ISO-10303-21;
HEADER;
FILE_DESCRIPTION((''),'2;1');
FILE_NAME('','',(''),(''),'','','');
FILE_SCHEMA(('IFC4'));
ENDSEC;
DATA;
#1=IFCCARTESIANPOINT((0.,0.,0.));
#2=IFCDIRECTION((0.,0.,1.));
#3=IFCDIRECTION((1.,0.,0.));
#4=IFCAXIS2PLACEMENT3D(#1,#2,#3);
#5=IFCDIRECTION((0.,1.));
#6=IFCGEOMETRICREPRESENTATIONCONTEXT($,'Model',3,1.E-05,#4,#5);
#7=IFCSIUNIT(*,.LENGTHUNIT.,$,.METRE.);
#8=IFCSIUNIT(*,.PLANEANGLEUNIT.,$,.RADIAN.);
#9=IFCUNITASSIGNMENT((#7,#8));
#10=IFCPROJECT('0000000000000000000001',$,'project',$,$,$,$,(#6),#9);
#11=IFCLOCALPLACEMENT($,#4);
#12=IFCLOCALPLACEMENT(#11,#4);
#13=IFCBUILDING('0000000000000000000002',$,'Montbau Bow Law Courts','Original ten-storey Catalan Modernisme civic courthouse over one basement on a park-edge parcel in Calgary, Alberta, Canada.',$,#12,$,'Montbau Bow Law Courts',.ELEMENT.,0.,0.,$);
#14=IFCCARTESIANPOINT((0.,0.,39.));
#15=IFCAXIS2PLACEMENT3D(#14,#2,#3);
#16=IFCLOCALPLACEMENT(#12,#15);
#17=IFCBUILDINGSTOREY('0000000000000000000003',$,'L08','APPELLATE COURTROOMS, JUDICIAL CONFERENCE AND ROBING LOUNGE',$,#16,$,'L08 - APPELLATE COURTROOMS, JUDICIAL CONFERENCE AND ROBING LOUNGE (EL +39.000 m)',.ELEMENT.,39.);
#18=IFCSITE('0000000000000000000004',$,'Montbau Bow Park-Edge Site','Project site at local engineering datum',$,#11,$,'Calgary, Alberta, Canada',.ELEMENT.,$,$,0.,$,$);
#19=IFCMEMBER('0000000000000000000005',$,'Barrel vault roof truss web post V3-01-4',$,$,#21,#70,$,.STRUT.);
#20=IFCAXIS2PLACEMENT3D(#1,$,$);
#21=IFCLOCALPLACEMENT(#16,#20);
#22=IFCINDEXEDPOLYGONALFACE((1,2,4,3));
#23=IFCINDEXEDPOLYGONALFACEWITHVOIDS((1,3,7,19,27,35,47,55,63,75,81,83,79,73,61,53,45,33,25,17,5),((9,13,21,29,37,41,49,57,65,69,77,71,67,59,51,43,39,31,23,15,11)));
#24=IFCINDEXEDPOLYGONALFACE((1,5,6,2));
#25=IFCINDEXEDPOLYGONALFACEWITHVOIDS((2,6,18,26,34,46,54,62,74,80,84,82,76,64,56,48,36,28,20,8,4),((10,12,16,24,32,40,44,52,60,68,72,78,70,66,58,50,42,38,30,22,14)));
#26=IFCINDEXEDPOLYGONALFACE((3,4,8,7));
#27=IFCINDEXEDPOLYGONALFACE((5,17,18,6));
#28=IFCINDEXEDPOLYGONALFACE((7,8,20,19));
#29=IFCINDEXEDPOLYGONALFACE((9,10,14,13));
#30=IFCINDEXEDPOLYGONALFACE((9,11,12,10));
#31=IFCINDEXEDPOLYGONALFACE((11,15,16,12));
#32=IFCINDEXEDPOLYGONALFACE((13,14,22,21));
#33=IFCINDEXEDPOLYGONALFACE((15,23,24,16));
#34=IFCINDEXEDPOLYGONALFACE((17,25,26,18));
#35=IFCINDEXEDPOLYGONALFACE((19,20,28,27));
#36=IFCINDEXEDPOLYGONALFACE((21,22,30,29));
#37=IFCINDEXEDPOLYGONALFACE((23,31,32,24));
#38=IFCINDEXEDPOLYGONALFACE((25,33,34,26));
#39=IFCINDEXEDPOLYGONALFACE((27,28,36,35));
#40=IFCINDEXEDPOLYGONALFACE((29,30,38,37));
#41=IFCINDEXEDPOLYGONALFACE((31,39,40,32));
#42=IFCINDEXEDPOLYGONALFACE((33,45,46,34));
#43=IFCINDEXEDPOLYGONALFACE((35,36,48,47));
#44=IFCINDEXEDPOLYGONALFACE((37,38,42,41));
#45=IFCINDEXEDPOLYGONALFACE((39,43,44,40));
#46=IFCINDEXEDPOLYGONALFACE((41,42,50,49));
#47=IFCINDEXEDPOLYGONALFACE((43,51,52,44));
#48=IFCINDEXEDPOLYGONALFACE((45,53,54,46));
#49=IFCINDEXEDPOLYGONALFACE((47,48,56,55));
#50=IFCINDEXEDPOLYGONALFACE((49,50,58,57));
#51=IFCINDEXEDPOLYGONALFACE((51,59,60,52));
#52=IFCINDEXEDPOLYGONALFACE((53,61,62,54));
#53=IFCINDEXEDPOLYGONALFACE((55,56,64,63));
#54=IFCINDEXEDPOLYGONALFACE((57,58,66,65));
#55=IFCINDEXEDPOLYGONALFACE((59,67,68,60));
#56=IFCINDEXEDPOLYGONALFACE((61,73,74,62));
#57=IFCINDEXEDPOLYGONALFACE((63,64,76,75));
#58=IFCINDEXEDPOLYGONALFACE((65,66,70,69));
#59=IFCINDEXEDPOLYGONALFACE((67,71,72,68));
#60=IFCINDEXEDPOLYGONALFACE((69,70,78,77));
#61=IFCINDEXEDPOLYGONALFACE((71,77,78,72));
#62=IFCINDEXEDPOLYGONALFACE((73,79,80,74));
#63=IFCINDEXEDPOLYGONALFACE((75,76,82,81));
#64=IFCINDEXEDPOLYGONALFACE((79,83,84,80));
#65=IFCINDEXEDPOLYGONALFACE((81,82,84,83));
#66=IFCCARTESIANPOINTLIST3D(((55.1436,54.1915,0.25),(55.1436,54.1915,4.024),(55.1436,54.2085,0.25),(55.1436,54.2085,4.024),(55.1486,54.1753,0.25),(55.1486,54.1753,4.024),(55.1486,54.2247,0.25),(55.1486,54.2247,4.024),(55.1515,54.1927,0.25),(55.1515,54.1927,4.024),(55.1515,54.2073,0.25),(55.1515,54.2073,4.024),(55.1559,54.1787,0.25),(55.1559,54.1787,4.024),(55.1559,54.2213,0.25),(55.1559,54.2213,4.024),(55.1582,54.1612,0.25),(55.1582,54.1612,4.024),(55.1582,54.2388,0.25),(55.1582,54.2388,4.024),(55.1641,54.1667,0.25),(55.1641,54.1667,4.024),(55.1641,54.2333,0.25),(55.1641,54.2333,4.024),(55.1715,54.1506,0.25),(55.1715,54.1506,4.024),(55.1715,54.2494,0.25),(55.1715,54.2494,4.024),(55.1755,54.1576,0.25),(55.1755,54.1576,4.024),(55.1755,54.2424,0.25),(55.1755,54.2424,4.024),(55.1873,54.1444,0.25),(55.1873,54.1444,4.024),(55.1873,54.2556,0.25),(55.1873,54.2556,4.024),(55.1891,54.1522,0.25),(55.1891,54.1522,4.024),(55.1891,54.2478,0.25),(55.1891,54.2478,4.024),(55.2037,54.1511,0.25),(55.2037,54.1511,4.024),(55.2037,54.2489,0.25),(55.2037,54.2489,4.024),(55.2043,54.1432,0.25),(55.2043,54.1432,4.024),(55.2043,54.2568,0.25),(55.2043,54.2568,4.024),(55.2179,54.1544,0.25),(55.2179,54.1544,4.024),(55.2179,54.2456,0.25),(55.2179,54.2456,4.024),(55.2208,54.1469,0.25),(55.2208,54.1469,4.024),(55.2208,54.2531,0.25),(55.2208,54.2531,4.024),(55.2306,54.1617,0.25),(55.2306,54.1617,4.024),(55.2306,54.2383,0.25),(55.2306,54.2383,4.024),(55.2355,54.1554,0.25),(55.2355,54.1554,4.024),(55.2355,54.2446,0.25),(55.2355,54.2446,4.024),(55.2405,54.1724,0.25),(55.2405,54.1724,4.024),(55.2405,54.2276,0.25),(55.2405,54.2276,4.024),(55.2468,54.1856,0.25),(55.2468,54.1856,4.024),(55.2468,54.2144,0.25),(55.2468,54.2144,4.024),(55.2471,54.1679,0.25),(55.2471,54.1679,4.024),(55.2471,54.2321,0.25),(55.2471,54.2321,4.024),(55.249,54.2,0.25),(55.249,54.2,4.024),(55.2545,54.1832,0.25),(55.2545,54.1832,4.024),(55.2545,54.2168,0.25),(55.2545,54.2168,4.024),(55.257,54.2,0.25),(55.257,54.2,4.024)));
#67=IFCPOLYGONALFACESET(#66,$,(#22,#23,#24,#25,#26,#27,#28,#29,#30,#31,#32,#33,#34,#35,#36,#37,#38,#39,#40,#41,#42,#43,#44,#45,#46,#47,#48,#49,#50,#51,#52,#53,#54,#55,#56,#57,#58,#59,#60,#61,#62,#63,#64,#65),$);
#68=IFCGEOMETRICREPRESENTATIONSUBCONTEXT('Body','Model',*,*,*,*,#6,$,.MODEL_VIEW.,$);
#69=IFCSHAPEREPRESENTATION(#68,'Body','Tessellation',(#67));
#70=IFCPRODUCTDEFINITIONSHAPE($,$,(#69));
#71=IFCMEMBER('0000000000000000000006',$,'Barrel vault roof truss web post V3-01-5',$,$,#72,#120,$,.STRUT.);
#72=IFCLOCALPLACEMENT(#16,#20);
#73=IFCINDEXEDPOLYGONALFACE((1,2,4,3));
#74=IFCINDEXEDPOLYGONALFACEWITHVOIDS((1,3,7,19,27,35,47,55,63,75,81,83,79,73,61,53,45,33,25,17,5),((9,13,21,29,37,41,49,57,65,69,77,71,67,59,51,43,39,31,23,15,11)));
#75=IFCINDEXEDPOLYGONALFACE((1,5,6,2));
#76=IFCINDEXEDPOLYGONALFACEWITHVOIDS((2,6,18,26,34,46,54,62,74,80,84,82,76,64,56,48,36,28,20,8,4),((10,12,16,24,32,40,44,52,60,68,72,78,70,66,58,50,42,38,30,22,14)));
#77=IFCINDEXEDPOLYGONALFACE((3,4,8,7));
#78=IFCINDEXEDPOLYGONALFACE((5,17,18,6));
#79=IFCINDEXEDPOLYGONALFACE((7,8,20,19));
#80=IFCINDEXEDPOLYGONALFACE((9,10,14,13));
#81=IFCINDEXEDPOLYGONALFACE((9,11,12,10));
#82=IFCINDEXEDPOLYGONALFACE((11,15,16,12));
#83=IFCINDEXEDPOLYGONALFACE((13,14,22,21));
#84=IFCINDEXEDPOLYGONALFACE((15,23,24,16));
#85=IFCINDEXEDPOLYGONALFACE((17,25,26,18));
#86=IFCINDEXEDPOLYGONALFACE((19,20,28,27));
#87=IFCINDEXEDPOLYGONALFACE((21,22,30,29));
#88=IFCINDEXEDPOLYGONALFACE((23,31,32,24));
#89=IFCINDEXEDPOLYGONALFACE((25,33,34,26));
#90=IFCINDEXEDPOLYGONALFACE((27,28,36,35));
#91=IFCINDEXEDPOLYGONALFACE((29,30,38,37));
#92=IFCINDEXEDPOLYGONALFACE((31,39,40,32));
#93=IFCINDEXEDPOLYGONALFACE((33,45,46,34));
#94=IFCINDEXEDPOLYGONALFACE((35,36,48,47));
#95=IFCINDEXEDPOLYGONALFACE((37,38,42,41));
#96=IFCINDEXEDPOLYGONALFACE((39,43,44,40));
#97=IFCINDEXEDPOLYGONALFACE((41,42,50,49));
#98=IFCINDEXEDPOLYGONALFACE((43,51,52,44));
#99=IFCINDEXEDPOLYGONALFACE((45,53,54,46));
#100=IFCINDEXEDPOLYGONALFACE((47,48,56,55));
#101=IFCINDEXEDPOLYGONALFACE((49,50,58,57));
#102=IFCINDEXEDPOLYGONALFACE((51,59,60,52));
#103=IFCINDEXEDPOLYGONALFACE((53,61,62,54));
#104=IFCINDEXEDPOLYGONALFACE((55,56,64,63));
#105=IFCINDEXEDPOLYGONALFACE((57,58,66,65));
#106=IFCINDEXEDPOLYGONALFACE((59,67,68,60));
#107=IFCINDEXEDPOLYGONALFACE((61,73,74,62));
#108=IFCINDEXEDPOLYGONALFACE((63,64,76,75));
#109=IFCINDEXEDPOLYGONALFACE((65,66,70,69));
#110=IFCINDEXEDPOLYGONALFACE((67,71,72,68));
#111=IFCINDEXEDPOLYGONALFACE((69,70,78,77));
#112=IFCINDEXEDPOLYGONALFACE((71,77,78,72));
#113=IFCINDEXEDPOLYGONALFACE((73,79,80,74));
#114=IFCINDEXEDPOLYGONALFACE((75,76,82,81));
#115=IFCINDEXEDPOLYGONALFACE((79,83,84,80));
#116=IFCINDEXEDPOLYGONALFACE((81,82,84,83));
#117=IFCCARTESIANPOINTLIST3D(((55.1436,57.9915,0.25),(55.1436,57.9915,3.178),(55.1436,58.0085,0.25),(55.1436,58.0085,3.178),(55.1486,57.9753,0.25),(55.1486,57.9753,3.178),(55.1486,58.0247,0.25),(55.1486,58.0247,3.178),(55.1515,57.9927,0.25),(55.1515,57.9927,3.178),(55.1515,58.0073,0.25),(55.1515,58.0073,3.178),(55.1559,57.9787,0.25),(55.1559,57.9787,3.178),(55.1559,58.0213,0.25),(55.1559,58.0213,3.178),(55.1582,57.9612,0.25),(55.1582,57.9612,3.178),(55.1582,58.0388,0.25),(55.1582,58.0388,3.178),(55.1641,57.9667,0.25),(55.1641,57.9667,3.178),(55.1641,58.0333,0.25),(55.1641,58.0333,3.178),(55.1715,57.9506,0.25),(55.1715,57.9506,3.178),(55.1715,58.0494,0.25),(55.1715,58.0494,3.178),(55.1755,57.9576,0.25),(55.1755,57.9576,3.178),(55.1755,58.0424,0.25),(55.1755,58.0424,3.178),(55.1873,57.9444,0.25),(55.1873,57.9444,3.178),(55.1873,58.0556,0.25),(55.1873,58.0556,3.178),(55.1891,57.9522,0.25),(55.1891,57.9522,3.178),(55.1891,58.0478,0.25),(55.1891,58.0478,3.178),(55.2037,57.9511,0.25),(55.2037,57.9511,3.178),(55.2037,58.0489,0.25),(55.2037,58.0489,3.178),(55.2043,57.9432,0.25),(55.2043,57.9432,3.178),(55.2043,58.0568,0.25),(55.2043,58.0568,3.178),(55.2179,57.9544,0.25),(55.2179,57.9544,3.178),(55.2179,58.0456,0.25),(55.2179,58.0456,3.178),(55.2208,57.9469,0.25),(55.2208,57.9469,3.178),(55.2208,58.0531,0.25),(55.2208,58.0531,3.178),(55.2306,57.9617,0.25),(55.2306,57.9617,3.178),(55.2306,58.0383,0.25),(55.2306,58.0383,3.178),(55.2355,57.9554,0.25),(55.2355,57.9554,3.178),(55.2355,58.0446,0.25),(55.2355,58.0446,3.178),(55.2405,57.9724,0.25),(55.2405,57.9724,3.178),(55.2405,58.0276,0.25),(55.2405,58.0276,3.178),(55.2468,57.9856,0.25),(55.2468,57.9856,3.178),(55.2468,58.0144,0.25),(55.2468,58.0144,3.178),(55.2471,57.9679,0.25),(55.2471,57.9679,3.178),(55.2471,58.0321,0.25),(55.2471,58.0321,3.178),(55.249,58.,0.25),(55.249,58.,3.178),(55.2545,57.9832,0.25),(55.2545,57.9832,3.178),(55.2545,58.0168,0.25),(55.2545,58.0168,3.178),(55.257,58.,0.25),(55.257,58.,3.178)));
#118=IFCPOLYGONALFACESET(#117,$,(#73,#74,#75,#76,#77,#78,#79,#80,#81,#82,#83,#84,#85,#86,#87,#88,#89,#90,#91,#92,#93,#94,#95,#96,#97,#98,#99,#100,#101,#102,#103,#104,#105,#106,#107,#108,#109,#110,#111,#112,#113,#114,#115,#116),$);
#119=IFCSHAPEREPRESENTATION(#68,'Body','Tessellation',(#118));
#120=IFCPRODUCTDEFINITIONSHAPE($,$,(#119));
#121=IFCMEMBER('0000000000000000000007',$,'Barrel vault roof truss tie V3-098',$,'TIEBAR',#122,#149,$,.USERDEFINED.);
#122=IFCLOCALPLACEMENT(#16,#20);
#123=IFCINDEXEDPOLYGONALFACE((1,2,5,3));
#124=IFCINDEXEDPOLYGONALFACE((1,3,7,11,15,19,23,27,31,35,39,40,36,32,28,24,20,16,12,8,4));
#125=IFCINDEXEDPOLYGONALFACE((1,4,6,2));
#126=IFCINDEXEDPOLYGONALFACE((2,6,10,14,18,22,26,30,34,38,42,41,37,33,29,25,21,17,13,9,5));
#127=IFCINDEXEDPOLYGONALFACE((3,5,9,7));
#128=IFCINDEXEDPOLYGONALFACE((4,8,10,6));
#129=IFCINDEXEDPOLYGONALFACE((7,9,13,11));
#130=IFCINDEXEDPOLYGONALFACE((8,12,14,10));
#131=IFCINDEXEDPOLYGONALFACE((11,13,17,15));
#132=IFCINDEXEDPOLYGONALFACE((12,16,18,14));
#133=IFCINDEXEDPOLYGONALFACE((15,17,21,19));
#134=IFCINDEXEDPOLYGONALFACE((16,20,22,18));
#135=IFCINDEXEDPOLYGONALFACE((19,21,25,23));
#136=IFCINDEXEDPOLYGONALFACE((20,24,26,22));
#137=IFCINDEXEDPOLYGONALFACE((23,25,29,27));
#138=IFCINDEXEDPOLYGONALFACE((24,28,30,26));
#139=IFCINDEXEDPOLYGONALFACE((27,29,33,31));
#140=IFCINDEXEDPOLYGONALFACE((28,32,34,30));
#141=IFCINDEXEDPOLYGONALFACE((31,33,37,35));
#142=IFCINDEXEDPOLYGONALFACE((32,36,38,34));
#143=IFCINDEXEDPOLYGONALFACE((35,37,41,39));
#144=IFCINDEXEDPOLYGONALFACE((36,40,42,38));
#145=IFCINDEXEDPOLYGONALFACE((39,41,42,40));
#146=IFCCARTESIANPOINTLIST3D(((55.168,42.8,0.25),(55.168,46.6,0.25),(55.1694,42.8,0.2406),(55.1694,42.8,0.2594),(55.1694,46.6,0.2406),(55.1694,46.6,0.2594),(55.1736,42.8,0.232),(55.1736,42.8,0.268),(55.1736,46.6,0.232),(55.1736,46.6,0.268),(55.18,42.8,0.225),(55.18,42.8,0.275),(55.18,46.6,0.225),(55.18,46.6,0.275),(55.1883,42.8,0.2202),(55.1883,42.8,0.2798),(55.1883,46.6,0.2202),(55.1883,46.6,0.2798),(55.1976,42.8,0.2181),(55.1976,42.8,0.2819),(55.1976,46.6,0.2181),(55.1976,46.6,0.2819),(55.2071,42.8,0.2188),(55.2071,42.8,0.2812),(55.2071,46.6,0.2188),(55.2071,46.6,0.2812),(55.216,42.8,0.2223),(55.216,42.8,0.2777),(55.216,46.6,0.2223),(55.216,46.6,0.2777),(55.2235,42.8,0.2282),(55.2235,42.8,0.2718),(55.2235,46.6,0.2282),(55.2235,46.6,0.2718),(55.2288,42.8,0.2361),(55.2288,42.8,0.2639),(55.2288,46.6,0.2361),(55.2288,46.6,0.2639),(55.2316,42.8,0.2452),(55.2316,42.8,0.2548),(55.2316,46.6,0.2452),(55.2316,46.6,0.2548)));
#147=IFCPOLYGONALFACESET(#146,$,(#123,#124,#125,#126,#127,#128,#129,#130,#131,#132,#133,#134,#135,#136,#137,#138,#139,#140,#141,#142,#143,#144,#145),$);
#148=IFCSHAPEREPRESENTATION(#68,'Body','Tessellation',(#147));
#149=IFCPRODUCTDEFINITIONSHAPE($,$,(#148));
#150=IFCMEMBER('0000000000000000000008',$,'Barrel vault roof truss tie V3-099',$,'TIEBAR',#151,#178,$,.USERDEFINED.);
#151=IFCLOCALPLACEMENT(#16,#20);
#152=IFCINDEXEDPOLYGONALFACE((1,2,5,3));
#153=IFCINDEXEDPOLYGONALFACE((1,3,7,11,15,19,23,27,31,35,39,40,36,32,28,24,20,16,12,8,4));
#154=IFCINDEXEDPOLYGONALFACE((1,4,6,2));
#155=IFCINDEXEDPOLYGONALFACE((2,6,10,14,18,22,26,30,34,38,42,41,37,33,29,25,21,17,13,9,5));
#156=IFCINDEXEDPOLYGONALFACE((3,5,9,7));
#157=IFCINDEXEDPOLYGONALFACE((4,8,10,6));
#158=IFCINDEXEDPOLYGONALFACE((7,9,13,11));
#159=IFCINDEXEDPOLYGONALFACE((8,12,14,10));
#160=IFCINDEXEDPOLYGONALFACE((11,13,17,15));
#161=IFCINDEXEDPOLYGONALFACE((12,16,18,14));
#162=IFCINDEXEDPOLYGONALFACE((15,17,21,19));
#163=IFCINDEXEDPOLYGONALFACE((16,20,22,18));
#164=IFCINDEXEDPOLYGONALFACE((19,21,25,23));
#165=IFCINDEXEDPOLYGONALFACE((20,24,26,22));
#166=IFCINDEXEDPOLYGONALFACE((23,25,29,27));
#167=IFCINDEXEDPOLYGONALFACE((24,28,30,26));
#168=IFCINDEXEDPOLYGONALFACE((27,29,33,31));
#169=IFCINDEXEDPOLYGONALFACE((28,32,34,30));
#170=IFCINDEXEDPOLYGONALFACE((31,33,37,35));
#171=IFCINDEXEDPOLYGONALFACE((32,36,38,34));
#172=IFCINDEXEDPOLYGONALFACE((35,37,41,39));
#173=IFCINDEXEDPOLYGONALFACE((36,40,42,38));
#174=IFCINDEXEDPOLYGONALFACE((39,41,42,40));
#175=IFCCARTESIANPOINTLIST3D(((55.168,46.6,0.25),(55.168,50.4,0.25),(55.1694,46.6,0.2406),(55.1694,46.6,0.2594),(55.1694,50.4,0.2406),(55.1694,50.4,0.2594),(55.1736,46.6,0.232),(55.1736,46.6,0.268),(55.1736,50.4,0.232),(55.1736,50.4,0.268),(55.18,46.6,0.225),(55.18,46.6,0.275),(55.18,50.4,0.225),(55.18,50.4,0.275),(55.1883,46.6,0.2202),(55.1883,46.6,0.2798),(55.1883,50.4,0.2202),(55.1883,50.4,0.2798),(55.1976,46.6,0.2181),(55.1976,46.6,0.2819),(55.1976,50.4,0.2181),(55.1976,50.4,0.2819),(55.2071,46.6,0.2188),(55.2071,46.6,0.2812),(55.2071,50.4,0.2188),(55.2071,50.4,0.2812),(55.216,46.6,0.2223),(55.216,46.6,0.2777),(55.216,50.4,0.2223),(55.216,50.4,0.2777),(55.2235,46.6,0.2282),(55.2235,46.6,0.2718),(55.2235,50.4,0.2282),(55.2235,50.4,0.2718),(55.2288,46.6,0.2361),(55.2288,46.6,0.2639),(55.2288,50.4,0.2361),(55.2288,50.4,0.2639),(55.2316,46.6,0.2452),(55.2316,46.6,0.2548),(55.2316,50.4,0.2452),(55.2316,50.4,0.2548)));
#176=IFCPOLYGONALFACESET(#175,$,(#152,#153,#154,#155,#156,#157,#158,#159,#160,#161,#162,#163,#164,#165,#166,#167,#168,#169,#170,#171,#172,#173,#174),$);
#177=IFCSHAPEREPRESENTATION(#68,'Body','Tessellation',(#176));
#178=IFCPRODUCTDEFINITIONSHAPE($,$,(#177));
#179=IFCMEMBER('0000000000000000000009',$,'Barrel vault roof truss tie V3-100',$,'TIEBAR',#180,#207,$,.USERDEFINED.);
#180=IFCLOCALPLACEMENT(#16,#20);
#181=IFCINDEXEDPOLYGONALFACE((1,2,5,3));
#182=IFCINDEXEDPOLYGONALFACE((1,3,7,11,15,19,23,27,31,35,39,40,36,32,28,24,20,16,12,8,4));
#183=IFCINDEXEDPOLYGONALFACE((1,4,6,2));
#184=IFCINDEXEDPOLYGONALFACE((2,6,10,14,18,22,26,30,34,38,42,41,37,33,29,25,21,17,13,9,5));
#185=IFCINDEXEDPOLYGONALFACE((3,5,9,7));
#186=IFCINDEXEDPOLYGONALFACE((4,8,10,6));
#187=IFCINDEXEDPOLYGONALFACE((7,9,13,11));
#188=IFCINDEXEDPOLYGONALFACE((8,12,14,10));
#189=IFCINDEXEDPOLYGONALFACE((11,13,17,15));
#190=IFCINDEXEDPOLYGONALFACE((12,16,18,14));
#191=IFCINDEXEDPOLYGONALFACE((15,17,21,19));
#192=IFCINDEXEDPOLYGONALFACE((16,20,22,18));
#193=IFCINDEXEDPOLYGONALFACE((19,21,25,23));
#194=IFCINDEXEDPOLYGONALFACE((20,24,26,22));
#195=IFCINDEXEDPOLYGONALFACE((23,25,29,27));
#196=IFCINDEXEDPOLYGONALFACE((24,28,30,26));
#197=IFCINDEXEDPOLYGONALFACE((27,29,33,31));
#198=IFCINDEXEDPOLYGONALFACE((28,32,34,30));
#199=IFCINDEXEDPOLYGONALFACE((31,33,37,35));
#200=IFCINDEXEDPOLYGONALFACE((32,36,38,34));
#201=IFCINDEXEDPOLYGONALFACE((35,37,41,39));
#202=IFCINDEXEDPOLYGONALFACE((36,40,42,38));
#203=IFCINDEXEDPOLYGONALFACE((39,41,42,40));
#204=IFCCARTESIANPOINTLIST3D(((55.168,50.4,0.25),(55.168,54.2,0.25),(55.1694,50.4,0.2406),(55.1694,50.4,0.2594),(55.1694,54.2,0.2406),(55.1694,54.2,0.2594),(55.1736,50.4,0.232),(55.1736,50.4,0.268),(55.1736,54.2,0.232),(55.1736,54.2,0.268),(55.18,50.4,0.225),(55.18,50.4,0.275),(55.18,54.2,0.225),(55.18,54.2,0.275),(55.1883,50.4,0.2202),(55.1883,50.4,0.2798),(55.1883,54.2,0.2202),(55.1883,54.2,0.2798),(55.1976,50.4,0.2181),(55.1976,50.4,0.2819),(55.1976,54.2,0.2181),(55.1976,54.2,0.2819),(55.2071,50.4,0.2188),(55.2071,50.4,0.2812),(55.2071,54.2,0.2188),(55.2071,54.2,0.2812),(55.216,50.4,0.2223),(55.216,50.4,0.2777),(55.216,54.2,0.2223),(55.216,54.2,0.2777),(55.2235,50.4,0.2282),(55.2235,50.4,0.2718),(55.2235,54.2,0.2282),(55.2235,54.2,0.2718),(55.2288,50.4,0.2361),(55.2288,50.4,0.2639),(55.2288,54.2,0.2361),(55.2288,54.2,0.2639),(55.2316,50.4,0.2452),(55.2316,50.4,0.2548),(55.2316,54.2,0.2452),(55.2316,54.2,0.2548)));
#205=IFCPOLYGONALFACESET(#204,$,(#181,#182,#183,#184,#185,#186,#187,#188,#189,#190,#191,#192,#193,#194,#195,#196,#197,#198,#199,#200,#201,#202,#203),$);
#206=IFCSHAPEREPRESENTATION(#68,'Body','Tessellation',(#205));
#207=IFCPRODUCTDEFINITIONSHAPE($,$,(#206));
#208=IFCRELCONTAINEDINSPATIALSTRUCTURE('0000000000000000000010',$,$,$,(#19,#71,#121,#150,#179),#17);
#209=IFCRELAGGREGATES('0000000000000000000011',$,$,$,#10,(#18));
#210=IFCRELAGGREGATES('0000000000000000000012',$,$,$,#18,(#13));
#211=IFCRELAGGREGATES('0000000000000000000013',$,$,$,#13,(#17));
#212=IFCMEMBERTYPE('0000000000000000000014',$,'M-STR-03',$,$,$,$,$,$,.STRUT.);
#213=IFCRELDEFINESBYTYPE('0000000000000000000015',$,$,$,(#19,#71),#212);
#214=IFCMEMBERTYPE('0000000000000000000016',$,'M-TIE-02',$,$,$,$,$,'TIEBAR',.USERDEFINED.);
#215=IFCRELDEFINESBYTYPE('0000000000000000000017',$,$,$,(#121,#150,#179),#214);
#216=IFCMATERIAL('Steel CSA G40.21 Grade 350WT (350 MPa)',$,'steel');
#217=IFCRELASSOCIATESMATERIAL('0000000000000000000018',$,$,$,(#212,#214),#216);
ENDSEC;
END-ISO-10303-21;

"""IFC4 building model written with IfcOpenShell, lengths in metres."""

from ifc_helpers import new_model, si_unit, direction, frame, origin_with_axes, origin_2d_with_axis, place, context, subcontext, project, spatial, circle, hollow_circle, extrude, material, material_profile, profile_set, type_object, element, save


model = new_model("IFC4")

# Units and contexts
model_context = context("Model", 3, precision=1e-05, world=origin_with_axes(), true_north=direction((0.0, 1.0)))
body_context = subcontext(model_context, "Body", "Model", "MODEL_VIEW")
ifc_project = project(units=[si_unit("LENGTHUNIT", "METRE"), si_unit("PLANEANGLEUNIT", "RADIAN")], contexts=[model_context])

# Site, building, storey
site_placement = place(None, origin_with_axes())
site = spatial("IfcSite", under=ifc_project, at=site_placement, Name="Montbau Bow Park-Edge Site", Description="Project site at local engineering datum", LongName="Calgary, Alberta, Canada", CompositionType="ELEMENT", RefElevation=0.0)
building_placement = place(site_placement, origin_with_axes())
building = spatial("IfcBuilding", under=site, at=building_placement, Name="Montbau Bow Law Courts", Description="Original ten-storey Catalan Modernisme civic courthouse over one basement on a park-edge parcel in Calgary, Alberta, Canada.", LongName="Montbau Bow Law Courts", CompositionType="ELEMENT", ElevationOfRefHeight=0.0, ElevationOfTerrain=0.0)
storey_placement = place(building_placement, frame((0.0, 0.0, 39.0), z_axis=(0.0, 0.0, 1.0), x_axis=(1.0, 0.0, 0.0)))
storey = spatial("IfcBuildingStorey", under=building, at=storey_placement, Name="L08", Description="APPELLATE COURTROOMS, JUDICIAL CONFERENCE AND ROBING LOUNGE", LongName="L08 - APPELLATE COURTROOMS, JUDICIAL CONFERENCE AND ROBING LOUNGE (EL +39.000 m)", CompositionType="ELEMENT", Elevation=39.0)

# Shared definitions
ifc_material_1 = material(Name="Steel CSA G40.21 Grade 350WT (350 MPa)", Category="steel")

# Members
ifc_material_profile_1 = material_profile(ifc_material_1, hollow_circle(Radius=0.057, WallThickness=0.008, at=origin_2d_with_axis()), Name="HSS114X8.0", Category="Main", Priority=0)
ifc_profile_set_1 = profile_set([ifc_material_profile_1], Name="Steel CSA G40.21 Grade 350WT (350 MPa)")
member_type_1 = type_object("IfcMemberType", Name="M-STR-03", PredefinedType="STRUT", material=ifc_profile_set_1)
member_1_placement = place(None, frame((55.2, 54.2, 39.25), z_axis=(0.0, 0.0, 1.0), x_axis=(1.0, 0.0, 0.0)))
element("IfcMember", 1, at=member_1_placement, inside=storey, type_object=member_type_1, Name="Barrel vault roof truss web post V3-01-4", PredefinedType="STRUT", context=body_context, shape_type="SweptSolid", body=[
    extrude(hollow_circle(Radius=0.057, WallThickness=0.008, at=origin_2d_with_axis()), origin_with_axes(), (0.0, 0.0, 1.0), 3.774),
])
member_2_placement = place(None, frame((55.2, 58.0, 39.25), z_axis=(0.0, 0.0, 1.0), x_axis=(1.0, 0.0, 0.0)))
element("IfcMember", 2, at=member_2_placement, inside=storey, type_object=member_type_1, Name="Barrel vault roof truss web post V3-01-5", PredefinedType="STRUT", context=body_context, shape_type="SweptSolid", body=[
    extrude(hollow_circle(Radius=0.057, WallThickness=0.008, at=origin_2d_with_axis()), origin_with_axes(), (0.0, 0.0, 1.0), 2.928),
])
ifc_material_profile_2 = material_profile(ifc_material_1, circle(Radius=0.032, at=origin_2d_with_axis()), Name="ROD64", Category="Main", Priority=0)
ifc_profile_set_2 = profile_set([ifc_material_profile_2], Name="Steel CSA G40.21 Grade 350WT (350 MPa)")
member_type_2 = type_object("IfcMemberType", Name="M-TIE-02", ElementType="TIEBAR", PredefinedType="USERDEFINED", material=ifc_profile_set_2)
for number, where, z_axis, x_axis, name in (
    (3, (55.2, 42.8, 39.25), (0.0, 1.0, 0.0), (-1.0, 0.0, 0.0), "Barrel vault roof truss tie V3-098"),
    (4, (55.2, 46.6, 39.25), (0.0, 1.0, 0.0), (-1.0, 0.0, 0.0), "Barrel vault roof truss tie V3-099"),
    (5, (55.2, 50.4, 39.25), (0.0, 1.0, 0.0), (-1.0, 0.0, 0.0), "Barrel vault roof truss tie V3-100"),
):
    element("IfcMember", number, at=place(None, frame(where, z_axis=z_axis, x_axis=x_axis)), inside=storey, type_object=member_type_2, Name=name, ObjectType="TIEBAR", PredefinedType="USERDEFINED", context=body_context, shape_type="SweptSolid", body=[
        extrude(circle(Radius=0.032, at=origin_2d_with_axis()), origin_with_axes(), (0.0, 0.0, 1.0), 3.8),
    ])

save(model, "model.ifc")
